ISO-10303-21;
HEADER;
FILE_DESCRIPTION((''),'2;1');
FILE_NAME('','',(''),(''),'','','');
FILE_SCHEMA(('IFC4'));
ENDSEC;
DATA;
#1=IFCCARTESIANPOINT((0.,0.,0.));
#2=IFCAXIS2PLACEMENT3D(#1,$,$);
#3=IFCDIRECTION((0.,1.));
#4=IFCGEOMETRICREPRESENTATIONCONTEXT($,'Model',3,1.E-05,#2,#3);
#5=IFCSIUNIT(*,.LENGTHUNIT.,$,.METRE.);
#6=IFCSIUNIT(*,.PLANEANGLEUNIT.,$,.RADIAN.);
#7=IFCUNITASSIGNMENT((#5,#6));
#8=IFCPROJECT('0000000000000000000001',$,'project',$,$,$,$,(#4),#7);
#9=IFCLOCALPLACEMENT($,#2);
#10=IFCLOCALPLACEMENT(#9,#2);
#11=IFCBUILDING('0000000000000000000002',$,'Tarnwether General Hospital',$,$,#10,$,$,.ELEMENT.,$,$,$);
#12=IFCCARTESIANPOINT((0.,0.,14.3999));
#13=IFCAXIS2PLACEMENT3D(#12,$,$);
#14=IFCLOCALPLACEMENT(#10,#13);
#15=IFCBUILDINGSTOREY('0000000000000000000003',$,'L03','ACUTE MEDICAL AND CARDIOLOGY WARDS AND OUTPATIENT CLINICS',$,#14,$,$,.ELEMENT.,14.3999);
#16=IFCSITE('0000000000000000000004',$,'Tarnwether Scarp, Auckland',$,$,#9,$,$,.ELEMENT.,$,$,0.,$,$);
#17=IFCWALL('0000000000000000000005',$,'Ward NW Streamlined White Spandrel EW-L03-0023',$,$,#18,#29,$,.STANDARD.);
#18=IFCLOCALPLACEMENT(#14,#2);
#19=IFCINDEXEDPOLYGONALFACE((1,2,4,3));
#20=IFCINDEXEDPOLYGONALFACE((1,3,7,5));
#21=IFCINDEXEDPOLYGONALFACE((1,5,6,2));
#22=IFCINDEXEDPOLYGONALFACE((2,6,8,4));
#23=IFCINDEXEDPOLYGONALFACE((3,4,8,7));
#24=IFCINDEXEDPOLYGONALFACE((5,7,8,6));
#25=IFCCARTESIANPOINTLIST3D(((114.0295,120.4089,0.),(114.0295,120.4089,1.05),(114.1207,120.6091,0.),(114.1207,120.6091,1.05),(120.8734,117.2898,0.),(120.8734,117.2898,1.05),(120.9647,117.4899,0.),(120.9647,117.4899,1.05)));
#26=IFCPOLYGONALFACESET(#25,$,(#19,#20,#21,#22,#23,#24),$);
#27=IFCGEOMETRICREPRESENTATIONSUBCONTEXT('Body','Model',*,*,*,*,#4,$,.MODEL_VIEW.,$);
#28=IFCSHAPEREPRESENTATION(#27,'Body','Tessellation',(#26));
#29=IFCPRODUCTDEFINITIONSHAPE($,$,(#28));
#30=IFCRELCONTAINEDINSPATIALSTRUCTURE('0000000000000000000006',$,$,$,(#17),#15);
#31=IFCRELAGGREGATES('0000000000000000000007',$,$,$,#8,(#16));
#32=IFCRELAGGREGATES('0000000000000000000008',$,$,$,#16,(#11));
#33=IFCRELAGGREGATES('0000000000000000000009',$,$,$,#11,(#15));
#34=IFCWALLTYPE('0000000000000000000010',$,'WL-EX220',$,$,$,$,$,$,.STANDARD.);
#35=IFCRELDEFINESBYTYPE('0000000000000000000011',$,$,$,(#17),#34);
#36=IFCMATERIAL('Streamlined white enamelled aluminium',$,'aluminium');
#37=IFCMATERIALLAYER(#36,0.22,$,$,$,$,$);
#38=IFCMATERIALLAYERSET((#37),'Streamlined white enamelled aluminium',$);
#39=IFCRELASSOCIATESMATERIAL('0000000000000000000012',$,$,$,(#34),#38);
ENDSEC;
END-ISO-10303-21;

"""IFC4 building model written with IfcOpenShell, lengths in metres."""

from ifc_helpers import new_model, si_unit, direction, frame, frame_2d, origin, place, context, subcontext, project, spatial, rectangle, extrude, material, layer, layer_set, type_object, element, save


model = new_model("IFC4")

# Units and contexts
model_context = context("Model", 3, precision=1e-05, world=origin(), true_north=direction((0.0, 1.0)))
body_context = subcontext(model_context, "Body", "Model", "MODEL_VIEW")
ifc_project = project(units=[si_unit("LENGTHUNIT", "METRE"), si_unit("PLANEANGLEUNIT", "RADIAN")], contexts=[model_context])

# Site, building, storey
site_placement = place(None, origin())
site = spatial("IfcSite", under=ifc_project, at=site_placement, Name="Tarnwether Scarp, Auckland", CompositionType="ELEMENT", RefElevation=0.0)
building_placement = place(site_placement, origin())
building = spatial("IfcBuilding", under=site, at=building_placement, Name="Tarnwether General Hospital", CompositionType="ELEMENT")
storey_placement = place(building_placement, frame((0.0, 0.0, 14.3999)))
storey = spatial("IfcBuildingStorey", under=building, at=storey_placement, Name="L03", Description="ACUTE MEDICAL AND CARDIOLOGY WARDS AND OUTPATIENT CLINICS", CompositionType="ELEMENT", Elevation=14.3999)

# Wall
ifc_material_1 = material(Name="Streamlined white enamelled aluminium", Category="aluminium")
ifc_layer_1 = layer(ifc_material_1, 0.22)
ifc_layer_set_1 = layer_set([ifc_layer_1], Name="Streamlined white enamelled aluminium")
wall_type = type_object("IfcWallType", Name="WL-EX220", PredefinedType="STANDARD", material=ifc_layer_set_1)
wall_placement = place(storey_placement, frame((114.075, 120.509, 0.0), z_axis=(0.0, 0.0, 1.0), x_axis=(0.909954, -0.41471, 0.0)))
element("IfcWall", 1, at=wall_placement, inside=storey, type_object=wall_type, Name="Ward NW Streamlined White Spandrel EW-L03-0023", PredefinedType="STANDARD", context=body_context, shape_type="SweptSolid", body=[
    extrude(rectangle(XDim=7.5212, YDim=0.22, at=frame_2d((3.7607, 0.0))), origin(), (0.0, 0.0, 1.0), 1.05),
])

save(model, "model.ifc")
